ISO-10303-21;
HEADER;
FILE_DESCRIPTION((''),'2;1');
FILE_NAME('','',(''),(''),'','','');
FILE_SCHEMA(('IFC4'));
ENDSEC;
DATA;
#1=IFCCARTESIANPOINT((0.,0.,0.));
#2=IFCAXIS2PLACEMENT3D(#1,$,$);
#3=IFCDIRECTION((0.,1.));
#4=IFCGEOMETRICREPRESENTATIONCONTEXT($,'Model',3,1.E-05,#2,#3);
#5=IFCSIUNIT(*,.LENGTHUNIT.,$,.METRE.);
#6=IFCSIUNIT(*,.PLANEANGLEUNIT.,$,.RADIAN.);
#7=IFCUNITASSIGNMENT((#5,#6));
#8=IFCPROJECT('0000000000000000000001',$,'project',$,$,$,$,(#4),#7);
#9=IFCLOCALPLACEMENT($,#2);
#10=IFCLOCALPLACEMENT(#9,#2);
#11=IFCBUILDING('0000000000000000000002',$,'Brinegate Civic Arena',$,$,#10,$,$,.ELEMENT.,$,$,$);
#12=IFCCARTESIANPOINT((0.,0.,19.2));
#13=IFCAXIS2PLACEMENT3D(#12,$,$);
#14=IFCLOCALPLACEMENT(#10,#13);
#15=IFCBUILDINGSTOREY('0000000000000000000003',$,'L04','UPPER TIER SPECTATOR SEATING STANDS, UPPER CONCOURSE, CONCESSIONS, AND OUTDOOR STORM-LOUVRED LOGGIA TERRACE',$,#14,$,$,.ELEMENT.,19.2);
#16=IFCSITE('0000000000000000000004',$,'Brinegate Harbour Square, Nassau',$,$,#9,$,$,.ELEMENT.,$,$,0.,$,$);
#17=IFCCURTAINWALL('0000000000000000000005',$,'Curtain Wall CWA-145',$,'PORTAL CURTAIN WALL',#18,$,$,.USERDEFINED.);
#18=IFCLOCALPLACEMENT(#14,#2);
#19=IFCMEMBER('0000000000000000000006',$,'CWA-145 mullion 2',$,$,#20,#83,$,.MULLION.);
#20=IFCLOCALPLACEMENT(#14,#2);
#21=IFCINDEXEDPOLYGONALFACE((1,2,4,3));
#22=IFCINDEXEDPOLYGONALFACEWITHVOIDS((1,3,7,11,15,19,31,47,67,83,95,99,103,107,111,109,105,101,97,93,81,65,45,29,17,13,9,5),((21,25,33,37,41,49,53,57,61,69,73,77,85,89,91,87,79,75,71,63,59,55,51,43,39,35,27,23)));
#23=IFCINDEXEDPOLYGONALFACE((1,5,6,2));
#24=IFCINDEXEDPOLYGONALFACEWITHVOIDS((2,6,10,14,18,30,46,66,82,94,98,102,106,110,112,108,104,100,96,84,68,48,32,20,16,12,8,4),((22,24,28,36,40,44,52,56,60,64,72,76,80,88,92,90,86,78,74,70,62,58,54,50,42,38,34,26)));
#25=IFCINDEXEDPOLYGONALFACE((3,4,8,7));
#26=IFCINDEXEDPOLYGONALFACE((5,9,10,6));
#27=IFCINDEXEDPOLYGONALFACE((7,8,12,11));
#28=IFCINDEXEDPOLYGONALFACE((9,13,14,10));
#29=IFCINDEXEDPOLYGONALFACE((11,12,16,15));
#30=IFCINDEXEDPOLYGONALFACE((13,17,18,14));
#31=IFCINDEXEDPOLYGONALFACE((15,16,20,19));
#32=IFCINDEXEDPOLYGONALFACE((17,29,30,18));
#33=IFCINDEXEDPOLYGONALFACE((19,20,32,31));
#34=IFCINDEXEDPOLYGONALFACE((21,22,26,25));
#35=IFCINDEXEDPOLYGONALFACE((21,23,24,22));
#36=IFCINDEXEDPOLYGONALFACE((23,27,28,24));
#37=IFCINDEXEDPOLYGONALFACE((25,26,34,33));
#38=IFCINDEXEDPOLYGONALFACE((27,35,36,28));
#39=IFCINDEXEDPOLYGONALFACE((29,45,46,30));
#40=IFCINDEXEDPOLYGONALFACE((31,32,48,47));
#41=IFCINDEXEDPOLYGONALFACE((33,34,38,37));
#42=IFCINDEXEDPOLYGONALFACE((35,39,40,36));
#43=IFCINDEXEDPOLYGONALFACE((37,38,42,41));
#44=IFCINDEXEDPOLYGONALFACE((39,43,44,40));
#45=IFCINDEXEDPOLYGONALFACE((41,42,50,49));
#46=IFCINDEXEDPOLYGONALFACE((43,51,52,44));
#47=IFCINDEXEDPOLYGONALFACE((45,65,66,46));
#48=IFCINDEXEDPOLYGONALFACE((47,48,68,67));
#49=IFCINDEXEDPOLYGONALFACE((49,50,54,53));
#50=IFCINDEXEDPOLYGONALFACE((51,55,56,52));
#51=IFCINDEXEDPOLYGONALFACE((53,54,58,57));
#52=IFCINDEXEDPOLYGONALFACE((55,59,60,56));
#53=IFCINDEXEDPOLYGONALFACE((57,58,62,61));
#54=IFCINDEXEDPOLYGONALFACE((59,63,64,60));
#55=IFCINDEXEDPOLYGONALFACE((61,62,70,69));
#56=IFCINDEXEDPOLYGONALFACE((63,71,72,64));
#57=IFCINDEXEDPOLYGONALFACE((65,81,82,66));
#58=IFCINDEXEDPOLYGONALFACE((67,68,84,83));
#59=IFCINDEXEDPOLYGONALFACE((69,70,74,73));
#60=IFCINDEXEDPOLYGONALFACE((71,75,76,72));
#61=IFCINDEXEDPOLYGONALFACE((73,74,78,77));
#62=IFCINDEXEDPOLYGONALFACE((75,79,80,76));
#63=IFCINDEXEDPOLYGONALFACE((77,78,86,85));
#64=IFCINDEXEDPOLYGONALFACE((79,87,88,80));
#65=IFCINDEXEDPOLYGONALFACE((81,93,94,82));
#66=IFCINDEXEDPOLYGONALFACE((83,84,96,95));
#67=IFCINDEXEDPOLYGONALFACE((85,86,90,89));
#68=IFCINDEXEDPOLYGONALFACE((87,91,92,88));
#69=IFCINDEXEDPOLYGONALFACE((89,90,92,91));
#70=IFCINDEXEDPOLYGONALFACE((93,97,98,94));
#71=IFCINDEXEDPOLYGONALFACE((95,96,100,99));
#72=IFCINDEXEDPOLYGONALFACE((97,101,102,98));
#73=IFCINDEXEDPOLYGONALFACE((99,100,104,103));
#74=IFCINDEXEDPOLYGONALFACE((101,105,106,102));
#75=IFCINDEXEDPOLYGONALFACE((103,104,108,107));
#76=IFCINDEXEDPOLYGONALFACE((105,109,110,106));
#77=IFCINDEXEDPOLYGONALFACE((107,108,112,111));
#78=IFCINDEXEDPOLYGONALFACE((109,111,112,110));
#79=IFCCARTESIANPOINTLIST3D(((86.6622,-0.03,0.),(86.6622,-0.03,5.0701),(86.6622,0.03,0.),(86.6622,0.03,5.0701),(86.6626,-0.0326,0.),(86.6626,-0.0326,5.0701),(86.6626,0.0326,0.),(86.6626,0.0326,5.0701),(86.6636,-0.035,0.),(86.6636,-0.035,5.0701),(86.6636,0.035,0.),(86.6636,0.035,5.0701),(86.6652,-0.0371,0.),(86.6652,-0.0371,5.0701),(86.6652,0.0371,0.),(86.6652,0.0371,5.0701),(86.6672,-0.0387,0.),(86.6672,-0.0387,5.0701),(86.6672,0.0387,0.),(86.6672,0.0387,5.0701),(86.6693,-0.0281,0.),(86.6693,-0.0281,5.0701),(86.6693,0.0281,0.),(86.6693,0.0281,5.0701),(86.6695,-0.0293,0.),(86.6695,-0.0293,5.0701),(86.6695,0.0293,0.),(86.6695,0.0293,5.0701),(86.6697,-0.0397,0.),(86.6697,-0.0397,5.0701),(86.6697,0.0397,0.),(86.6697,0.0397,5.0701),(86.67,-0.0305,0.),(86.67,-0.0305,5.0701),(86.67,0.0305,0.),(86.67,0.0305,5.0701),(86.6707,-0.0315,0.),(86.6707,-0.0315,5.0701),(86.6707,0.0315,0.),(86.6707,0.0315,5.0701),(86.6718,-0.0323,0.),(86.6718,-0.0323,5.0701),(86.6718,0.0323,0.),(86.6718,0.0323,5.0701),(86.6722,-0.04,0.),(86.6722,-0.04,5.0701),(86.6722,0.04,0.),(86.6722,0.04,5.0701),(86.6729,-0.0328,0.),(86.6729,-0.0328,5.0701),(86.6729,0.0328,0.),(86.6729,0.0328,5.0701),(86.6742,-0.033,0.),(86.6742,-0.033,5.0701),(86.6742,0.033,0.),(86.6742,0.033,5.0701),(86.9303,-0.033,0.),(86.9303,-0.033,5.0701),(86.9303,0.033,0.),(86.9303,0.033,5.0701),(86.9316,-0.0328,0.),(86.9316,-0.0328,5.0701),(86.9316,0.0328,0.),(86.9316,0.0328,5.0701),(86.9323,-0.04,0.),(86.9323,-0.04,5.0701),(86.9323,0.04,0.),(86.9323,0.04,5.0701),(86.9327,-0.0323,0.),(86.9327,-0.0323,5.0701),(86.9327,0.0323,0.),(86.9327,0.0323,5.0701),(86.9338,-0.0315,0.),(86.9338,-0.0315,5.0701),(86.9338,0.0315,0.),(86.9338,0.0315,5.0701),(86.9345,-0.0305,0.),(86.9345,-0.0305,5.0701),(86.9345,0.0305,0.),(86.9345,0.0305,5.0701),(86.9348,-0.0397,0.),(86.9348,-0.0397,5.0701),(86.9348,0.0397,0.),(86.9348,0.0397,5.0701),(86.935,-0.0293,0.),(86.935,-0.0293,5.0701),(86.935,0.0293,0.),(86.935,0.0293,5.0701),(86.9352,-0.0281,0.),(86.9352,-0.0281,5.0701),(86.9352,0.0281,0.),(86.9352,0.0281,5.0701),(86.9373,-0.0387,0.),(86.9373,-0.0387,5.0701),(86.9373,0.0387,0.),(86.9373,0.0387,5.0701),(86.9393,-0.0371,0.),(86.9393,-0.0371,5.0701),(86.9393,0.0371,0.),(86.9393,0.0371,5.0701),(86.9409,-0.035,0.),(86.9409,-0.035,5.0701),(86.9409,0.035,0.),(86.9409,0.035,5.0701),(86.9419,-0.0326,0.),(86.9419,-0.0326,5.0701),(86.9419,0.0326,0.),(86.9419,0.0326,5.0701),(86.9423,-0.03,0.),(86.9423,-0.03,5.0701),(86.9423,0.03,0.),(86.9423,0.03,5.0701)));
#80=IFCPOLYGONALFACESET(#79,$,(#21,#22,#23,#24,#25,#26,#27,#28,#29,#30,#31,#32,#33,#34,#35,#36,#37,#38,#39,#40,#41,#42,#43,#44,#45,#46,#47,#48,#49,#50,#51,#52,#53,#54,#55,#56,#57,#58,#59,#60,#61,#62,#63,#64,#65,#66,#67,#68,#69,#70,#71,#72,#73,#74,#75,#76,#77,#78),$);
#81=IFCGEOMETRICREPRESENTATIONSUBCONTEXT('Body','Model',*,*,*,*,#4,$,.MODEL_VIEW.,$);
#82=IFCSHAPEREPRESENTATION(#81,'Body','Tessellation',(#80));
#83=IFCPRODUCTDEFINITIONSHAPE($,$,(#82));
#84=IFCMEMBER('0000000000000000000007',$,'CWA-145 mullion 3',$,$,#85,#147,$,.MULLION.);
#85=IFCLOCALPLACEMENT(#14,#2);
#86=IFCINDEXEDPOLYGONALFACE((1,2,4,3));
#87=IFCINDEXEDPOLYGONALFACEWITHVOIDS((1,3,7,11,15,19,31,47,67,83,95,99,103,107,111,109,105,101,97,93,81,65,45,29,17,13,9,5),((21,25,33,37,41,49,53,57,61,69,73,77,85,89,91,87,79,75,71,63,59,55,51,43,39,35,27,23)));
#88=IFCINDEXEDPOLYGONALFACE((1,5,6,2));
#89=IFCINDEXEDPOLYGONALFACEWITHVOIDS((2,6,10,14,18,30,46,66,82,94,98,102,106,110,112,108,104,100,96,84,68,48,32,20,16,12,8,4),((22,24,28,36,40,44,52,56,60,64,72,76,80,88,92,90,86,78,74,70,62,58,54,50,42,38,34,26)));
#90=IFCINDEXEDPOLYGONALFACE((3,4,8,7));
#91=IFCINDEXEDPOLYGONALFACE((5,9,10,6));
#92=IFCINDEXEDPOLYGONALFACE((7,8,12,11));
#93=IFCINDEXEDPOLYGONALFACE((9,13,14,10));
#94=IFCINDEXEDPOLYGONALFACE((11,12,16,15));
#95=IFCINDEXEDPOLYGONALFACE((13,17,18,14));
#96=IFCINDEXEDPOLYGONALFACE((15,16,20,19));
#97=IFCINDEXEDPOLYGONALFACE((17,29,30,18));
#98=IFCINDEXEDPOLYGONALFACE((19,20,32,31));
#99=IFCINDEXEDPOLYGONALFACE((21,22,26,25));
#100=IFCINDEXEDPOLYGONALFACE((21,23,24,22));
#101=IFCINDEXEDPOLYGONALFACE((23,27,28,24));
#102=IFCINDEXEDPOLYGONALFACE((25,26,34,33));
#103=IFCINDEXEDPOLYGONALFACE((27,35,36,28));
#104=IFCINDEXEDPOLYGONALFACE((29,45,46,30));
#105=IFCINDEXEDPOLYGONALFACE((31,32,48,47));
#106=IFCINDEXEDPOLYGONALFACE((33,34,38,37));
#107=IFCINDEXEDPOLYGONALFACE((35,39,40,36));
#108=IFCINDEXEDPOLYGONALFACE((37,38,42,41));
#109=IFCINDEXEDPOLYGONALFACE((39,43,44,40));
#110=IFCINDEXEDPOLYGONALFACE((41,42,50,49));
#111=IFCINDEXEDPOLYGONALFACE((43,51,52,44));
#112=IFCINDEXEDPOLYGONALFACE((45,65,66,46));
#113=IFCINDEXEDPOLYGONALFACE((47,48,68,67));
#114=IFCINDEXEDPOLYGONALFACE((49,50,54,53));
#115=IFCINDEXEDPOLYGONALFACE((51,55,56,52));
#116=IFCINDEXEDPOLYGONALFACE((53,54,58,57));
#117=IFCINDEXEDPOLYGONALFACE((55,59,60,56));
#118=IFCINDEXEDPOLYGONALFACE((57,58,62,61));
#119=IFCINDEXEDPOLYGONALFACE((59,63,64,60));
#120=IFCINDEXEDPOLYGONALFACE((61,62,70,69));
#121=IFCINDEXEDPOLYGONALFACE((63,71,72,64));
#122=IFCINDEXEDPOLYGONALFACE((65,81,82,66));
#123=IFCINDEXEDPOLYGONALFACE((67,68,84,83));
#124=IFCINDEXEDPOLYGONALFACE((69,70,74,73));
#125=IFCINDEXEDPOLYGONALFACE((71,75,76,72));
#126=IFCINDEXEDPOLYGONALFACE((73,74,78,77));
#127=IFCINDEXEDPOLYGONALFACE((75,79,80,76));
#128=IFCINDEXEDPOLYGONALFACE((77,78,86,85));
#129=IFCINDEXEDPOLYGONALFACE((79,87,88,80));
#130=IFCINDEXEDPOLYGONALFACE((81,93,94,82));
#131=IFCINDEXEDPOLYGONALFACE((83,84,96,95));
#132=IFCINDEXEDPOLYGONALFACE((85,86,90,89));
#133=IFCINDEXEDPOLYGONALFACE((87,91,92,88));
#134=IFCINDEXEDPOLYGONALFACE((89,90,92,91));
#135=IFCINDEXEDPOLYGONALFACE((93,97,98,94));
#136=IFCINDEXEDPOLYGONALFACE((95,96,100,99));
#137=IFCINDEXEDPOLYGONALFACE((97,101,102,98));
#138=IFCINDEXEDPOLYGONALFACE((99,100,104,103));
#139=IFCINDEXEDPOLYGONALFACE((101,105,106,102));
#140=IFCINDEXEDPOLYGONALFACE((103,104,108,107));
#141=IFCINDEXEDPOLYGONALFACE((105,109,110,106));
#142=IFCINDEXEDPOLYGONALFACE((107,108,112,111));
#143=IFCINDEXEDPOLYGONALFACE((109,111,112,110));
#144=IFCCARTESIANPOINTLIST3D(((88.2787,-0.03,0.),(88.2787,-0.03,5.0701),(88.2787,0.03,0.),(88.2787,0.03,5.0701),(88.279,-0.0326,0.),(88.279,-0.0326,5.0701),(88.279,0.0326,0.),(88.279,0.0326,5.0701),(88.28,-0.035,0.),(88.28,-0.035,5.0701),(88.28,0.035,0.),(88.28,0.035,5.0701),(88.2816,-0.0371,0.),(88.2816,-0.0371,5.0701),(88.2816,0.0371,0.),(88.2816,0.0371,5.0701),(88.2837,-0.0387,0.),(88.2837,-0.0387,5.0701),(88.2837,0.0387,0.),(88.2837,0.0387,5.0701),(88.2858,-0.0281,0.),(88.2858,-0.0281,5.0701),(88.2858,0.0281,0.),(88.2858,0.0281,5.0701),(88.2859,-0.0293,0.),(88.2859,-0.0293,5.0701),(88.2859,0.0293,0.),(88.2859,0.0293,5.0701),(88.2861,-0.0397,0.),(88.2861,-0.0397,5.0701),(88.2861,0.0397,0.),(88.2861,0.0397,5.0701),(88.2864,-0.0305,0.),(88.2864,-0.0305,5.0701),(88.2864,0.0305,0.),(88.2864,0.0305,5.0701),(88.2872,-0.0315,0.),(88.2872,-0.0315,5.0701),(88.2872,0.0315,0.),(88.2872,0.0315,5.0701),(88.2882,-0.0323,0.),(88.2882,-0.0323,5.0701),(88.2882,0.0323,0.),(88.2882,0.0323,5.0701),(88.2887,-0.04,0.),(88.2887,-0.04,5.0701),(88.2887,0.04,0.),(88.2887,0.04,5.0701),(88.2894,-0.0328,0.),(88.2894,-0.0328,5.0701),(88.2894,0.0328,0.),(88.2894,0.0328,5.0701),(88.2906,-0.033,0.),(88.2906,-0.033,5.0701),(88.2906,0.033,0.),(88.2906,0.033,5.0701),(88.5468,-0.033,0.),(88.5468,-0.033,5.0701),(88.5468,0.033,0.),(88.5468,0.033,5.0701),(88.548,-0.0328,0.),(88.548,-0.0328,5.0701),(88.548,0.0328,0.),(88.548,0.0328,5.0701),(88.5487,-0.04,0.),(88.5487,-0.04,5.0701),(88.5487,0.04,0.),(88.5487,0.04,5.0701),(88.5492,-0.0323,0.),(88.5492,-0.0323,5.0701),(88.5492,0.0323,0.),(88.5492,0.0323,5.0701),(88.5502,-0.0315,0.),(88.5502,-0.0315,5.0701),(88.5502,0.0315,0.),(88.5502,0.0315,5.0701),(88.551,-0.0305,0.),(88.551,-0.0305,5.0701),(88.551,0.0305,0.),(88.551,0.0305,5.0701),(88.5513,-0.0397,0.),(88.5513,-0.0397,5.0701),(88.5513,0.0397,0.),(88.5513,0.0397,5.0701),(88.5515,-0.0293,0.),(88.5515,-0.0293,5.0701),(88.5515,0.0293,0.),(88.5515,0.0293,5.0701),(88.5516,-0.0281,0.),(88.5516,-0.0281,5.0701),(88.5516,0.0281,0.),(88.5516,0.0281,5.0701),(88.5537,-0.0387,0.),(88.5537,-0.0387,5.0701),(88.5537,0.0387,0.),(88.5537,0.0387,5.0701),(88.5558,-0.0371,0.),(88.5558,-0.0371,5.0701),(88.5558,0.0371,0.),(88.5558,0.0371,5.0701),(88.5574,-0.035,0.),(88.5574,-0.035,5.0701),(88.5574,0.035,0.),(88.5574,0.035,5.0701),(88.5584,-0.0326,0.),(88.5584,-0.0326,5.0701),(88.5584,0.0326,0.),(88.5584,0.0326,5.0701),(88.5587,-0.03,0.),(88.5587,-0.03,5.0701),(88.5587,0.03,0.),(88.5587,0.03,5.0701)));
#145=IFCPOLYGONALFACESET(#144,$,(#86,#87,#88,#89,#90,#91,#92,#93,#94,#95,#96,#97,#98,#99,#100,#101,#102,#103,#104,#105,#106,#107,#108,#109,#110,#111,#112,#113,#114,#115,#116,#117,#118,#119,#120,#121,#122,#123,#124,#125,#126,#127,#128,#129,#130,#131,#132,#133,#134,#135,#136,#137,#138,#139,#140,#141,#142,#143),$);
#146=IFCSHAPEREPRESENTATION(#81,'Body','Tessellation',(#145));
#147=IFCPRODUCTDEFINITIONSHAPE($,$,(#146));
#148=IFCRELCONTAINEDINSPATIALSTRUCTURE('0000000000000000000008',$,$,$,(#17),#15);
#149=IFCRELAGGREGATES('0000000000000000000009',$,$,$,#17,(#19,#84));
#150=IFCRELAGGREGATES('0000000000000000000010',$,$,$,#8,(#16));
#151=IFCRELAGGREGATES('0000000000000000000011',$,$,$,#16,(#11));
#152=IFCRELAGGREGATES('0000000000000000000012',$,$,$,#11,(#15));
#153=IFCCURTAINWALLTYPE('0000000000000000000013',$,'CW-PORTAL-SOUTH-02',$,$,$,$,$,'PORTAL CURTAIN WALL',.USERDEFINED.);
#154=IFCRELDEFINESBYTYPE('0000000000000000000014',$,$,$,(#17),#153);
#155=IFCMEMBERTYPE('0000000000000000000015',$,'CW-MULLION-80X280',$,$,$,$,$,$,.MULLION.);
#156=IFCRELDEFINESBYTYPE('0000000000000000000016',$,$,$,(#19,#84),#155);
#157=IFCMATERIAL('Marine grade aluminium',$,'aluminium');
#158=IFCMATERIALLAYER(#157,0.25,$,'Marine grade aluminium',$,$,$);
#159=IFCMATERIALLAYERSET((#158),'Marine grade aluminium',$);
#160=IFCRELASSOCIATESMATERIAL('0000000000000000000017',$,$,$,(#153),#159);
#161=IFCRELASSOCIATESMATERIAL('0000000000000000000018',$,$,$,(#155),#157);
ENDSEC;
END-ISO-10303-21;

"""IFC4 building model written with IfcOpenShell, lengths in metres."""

from ifc_helpers import new_model, si_unit, direction, frame, origin, origin_2d, place, context, subcontext, project, spatial, hollow_rectangle, extrude, material, layer, layer_set, material_profile, profile_set, type_object, element, aggregate, save


model = new_model("IFC4")

# Units and contexts
model_context = context("Model", 3, precision=1e-05, world=origin(), true_north=direction((0.0, 1.0)))
body_context = subcontext(model_context, "Body", "Model", "MODEL_VIEW")
ifc_project = project(units=[si_unit("LENGTHUNIT", "METRE"), si_unit("PLANEANGLEUNIT", "RADIAN")], contexts=[model_context])

# Site, building, storey
site_placement = place(None, origin())
site = spatial("IfcSite", under=ifc_project, at=site_placement, Name="Brinegate Harbour Square, Nassau", CompositionType="ELEMENT", RefElevation=0.0)
building_placement = place(site_placement, origin())
building = spatial("IfcBuilding", under=site, at=building_placement, Name="Brinegate Civic Arena", CompositionType="ELEMENT")
storey_placement = place(building_placement, frame((0.0, 0.0, 19.2)))
storey = spatial("IfcBuildingStorey", under=building, at=storey_placement, Name="L04", Description="UPPER TIER SPECTATOR SEATING STANDS, UPPER CONCOURSE, CONCESSIONS, AND OUTDOOR STORM-LOUVRED LOGGIA TERRACE", CompositionType="ELEMENT", Elevation=19.2)

# Curtain wall, members
ifc_material_1 = material(Name="Marine grade aluminium", Category="aluminium")
ifc_layer_1 = layer(ifc_material_1, 0.25, Name="Marine grade aluminium")
ifc_layer_set_1 = layer_set([ifc_layer_1], Name="Marine grade aluminium")
curtain_wall_type = type_object("IfcCurtainWallType", Name="CW-PORTAL-SOUTH-02", ElementType="PORTAL CURTAIN WALL", PredefinedType="USERDEFINED", material=ifc_layer_set_1)
curtain_wall_placement = place(storey_placement, origin())
curtain_wall = element("IfcCurtainWall", 1, at=curtain_wall_placement, inside=storey, type_object=curtain_wall_type, Name="Curtain Wall CWA-145", ObjectType="PORTAL CURTAIN WALL", PredefinedType="USERDEFINED")
ifc_material_profile_1 = material_profile(ifc_material_1, hollow_rectangle(XDim=0.0801, YDim=0.28, WallThickness=0.0071, InnerFilletRadius=0.0049, OuterFilletRadius=0.01, at=origin_2d()), Name="MUL80X280")
ifc_profile_set_1 = profile_set([ifc_material_profile_1], Name="Marine grade aluminium")
member_type_1 = type_object("IfcMemberType", Name="CW-MULLION-80X280", PredefinedType="MULLION", material=ifc_profile_set_1)
member_1_placement = place(storey_placement, frame((86.8022, 0.0, 0.0), z_axis=(0.0, 0.0, 1.0), x_axis=(0.0, 1.0, 0.0)))
member_1 = element("IfcMember", 2, at=member_1_placement, type_object=member_type_1, Name="CWA-145 mullion 2", PredefinedType="MULLION", context=body_context, shape_type="SweptSolid", body=[
    extrude(hollow_rectangle(XDim=0.0801, YDim=0.28, WallThickness=0.0071, InnerFilletRadius=0.0049, OuterFilletRadius=0.01, at=origin_2d()), origin(), (0.0, 0.0, 1.0), 5.0701),
])
member_2_placement = place(storey_placement, frame((88.4187, 0.0, 0.0), z_axis=(0.0, 0.0, 1.0), x_axis=(0.0, 1.0, 0.0)))
member_2 = element("IfcMember", 3, at=member_2_placement, type_object=member_type_1, Name="CWA-145 mullion 3", PredefinedType="MULLION", context=body_context, shape_type="SweptSolid", body=[
    extrude(hollow_rectangle(XDim=0.0801, YDim=0.28, WallThickness=0.0071, InnerFilletRadius=0.0049, OuterFilletRadius=0.01, at=origin_2d()), origin(), (0.0, 0.0, 1.0), 5.0701),
])
aggregate(curtain_wall, [member_1, member_2])

save(model, "model.ifc")
